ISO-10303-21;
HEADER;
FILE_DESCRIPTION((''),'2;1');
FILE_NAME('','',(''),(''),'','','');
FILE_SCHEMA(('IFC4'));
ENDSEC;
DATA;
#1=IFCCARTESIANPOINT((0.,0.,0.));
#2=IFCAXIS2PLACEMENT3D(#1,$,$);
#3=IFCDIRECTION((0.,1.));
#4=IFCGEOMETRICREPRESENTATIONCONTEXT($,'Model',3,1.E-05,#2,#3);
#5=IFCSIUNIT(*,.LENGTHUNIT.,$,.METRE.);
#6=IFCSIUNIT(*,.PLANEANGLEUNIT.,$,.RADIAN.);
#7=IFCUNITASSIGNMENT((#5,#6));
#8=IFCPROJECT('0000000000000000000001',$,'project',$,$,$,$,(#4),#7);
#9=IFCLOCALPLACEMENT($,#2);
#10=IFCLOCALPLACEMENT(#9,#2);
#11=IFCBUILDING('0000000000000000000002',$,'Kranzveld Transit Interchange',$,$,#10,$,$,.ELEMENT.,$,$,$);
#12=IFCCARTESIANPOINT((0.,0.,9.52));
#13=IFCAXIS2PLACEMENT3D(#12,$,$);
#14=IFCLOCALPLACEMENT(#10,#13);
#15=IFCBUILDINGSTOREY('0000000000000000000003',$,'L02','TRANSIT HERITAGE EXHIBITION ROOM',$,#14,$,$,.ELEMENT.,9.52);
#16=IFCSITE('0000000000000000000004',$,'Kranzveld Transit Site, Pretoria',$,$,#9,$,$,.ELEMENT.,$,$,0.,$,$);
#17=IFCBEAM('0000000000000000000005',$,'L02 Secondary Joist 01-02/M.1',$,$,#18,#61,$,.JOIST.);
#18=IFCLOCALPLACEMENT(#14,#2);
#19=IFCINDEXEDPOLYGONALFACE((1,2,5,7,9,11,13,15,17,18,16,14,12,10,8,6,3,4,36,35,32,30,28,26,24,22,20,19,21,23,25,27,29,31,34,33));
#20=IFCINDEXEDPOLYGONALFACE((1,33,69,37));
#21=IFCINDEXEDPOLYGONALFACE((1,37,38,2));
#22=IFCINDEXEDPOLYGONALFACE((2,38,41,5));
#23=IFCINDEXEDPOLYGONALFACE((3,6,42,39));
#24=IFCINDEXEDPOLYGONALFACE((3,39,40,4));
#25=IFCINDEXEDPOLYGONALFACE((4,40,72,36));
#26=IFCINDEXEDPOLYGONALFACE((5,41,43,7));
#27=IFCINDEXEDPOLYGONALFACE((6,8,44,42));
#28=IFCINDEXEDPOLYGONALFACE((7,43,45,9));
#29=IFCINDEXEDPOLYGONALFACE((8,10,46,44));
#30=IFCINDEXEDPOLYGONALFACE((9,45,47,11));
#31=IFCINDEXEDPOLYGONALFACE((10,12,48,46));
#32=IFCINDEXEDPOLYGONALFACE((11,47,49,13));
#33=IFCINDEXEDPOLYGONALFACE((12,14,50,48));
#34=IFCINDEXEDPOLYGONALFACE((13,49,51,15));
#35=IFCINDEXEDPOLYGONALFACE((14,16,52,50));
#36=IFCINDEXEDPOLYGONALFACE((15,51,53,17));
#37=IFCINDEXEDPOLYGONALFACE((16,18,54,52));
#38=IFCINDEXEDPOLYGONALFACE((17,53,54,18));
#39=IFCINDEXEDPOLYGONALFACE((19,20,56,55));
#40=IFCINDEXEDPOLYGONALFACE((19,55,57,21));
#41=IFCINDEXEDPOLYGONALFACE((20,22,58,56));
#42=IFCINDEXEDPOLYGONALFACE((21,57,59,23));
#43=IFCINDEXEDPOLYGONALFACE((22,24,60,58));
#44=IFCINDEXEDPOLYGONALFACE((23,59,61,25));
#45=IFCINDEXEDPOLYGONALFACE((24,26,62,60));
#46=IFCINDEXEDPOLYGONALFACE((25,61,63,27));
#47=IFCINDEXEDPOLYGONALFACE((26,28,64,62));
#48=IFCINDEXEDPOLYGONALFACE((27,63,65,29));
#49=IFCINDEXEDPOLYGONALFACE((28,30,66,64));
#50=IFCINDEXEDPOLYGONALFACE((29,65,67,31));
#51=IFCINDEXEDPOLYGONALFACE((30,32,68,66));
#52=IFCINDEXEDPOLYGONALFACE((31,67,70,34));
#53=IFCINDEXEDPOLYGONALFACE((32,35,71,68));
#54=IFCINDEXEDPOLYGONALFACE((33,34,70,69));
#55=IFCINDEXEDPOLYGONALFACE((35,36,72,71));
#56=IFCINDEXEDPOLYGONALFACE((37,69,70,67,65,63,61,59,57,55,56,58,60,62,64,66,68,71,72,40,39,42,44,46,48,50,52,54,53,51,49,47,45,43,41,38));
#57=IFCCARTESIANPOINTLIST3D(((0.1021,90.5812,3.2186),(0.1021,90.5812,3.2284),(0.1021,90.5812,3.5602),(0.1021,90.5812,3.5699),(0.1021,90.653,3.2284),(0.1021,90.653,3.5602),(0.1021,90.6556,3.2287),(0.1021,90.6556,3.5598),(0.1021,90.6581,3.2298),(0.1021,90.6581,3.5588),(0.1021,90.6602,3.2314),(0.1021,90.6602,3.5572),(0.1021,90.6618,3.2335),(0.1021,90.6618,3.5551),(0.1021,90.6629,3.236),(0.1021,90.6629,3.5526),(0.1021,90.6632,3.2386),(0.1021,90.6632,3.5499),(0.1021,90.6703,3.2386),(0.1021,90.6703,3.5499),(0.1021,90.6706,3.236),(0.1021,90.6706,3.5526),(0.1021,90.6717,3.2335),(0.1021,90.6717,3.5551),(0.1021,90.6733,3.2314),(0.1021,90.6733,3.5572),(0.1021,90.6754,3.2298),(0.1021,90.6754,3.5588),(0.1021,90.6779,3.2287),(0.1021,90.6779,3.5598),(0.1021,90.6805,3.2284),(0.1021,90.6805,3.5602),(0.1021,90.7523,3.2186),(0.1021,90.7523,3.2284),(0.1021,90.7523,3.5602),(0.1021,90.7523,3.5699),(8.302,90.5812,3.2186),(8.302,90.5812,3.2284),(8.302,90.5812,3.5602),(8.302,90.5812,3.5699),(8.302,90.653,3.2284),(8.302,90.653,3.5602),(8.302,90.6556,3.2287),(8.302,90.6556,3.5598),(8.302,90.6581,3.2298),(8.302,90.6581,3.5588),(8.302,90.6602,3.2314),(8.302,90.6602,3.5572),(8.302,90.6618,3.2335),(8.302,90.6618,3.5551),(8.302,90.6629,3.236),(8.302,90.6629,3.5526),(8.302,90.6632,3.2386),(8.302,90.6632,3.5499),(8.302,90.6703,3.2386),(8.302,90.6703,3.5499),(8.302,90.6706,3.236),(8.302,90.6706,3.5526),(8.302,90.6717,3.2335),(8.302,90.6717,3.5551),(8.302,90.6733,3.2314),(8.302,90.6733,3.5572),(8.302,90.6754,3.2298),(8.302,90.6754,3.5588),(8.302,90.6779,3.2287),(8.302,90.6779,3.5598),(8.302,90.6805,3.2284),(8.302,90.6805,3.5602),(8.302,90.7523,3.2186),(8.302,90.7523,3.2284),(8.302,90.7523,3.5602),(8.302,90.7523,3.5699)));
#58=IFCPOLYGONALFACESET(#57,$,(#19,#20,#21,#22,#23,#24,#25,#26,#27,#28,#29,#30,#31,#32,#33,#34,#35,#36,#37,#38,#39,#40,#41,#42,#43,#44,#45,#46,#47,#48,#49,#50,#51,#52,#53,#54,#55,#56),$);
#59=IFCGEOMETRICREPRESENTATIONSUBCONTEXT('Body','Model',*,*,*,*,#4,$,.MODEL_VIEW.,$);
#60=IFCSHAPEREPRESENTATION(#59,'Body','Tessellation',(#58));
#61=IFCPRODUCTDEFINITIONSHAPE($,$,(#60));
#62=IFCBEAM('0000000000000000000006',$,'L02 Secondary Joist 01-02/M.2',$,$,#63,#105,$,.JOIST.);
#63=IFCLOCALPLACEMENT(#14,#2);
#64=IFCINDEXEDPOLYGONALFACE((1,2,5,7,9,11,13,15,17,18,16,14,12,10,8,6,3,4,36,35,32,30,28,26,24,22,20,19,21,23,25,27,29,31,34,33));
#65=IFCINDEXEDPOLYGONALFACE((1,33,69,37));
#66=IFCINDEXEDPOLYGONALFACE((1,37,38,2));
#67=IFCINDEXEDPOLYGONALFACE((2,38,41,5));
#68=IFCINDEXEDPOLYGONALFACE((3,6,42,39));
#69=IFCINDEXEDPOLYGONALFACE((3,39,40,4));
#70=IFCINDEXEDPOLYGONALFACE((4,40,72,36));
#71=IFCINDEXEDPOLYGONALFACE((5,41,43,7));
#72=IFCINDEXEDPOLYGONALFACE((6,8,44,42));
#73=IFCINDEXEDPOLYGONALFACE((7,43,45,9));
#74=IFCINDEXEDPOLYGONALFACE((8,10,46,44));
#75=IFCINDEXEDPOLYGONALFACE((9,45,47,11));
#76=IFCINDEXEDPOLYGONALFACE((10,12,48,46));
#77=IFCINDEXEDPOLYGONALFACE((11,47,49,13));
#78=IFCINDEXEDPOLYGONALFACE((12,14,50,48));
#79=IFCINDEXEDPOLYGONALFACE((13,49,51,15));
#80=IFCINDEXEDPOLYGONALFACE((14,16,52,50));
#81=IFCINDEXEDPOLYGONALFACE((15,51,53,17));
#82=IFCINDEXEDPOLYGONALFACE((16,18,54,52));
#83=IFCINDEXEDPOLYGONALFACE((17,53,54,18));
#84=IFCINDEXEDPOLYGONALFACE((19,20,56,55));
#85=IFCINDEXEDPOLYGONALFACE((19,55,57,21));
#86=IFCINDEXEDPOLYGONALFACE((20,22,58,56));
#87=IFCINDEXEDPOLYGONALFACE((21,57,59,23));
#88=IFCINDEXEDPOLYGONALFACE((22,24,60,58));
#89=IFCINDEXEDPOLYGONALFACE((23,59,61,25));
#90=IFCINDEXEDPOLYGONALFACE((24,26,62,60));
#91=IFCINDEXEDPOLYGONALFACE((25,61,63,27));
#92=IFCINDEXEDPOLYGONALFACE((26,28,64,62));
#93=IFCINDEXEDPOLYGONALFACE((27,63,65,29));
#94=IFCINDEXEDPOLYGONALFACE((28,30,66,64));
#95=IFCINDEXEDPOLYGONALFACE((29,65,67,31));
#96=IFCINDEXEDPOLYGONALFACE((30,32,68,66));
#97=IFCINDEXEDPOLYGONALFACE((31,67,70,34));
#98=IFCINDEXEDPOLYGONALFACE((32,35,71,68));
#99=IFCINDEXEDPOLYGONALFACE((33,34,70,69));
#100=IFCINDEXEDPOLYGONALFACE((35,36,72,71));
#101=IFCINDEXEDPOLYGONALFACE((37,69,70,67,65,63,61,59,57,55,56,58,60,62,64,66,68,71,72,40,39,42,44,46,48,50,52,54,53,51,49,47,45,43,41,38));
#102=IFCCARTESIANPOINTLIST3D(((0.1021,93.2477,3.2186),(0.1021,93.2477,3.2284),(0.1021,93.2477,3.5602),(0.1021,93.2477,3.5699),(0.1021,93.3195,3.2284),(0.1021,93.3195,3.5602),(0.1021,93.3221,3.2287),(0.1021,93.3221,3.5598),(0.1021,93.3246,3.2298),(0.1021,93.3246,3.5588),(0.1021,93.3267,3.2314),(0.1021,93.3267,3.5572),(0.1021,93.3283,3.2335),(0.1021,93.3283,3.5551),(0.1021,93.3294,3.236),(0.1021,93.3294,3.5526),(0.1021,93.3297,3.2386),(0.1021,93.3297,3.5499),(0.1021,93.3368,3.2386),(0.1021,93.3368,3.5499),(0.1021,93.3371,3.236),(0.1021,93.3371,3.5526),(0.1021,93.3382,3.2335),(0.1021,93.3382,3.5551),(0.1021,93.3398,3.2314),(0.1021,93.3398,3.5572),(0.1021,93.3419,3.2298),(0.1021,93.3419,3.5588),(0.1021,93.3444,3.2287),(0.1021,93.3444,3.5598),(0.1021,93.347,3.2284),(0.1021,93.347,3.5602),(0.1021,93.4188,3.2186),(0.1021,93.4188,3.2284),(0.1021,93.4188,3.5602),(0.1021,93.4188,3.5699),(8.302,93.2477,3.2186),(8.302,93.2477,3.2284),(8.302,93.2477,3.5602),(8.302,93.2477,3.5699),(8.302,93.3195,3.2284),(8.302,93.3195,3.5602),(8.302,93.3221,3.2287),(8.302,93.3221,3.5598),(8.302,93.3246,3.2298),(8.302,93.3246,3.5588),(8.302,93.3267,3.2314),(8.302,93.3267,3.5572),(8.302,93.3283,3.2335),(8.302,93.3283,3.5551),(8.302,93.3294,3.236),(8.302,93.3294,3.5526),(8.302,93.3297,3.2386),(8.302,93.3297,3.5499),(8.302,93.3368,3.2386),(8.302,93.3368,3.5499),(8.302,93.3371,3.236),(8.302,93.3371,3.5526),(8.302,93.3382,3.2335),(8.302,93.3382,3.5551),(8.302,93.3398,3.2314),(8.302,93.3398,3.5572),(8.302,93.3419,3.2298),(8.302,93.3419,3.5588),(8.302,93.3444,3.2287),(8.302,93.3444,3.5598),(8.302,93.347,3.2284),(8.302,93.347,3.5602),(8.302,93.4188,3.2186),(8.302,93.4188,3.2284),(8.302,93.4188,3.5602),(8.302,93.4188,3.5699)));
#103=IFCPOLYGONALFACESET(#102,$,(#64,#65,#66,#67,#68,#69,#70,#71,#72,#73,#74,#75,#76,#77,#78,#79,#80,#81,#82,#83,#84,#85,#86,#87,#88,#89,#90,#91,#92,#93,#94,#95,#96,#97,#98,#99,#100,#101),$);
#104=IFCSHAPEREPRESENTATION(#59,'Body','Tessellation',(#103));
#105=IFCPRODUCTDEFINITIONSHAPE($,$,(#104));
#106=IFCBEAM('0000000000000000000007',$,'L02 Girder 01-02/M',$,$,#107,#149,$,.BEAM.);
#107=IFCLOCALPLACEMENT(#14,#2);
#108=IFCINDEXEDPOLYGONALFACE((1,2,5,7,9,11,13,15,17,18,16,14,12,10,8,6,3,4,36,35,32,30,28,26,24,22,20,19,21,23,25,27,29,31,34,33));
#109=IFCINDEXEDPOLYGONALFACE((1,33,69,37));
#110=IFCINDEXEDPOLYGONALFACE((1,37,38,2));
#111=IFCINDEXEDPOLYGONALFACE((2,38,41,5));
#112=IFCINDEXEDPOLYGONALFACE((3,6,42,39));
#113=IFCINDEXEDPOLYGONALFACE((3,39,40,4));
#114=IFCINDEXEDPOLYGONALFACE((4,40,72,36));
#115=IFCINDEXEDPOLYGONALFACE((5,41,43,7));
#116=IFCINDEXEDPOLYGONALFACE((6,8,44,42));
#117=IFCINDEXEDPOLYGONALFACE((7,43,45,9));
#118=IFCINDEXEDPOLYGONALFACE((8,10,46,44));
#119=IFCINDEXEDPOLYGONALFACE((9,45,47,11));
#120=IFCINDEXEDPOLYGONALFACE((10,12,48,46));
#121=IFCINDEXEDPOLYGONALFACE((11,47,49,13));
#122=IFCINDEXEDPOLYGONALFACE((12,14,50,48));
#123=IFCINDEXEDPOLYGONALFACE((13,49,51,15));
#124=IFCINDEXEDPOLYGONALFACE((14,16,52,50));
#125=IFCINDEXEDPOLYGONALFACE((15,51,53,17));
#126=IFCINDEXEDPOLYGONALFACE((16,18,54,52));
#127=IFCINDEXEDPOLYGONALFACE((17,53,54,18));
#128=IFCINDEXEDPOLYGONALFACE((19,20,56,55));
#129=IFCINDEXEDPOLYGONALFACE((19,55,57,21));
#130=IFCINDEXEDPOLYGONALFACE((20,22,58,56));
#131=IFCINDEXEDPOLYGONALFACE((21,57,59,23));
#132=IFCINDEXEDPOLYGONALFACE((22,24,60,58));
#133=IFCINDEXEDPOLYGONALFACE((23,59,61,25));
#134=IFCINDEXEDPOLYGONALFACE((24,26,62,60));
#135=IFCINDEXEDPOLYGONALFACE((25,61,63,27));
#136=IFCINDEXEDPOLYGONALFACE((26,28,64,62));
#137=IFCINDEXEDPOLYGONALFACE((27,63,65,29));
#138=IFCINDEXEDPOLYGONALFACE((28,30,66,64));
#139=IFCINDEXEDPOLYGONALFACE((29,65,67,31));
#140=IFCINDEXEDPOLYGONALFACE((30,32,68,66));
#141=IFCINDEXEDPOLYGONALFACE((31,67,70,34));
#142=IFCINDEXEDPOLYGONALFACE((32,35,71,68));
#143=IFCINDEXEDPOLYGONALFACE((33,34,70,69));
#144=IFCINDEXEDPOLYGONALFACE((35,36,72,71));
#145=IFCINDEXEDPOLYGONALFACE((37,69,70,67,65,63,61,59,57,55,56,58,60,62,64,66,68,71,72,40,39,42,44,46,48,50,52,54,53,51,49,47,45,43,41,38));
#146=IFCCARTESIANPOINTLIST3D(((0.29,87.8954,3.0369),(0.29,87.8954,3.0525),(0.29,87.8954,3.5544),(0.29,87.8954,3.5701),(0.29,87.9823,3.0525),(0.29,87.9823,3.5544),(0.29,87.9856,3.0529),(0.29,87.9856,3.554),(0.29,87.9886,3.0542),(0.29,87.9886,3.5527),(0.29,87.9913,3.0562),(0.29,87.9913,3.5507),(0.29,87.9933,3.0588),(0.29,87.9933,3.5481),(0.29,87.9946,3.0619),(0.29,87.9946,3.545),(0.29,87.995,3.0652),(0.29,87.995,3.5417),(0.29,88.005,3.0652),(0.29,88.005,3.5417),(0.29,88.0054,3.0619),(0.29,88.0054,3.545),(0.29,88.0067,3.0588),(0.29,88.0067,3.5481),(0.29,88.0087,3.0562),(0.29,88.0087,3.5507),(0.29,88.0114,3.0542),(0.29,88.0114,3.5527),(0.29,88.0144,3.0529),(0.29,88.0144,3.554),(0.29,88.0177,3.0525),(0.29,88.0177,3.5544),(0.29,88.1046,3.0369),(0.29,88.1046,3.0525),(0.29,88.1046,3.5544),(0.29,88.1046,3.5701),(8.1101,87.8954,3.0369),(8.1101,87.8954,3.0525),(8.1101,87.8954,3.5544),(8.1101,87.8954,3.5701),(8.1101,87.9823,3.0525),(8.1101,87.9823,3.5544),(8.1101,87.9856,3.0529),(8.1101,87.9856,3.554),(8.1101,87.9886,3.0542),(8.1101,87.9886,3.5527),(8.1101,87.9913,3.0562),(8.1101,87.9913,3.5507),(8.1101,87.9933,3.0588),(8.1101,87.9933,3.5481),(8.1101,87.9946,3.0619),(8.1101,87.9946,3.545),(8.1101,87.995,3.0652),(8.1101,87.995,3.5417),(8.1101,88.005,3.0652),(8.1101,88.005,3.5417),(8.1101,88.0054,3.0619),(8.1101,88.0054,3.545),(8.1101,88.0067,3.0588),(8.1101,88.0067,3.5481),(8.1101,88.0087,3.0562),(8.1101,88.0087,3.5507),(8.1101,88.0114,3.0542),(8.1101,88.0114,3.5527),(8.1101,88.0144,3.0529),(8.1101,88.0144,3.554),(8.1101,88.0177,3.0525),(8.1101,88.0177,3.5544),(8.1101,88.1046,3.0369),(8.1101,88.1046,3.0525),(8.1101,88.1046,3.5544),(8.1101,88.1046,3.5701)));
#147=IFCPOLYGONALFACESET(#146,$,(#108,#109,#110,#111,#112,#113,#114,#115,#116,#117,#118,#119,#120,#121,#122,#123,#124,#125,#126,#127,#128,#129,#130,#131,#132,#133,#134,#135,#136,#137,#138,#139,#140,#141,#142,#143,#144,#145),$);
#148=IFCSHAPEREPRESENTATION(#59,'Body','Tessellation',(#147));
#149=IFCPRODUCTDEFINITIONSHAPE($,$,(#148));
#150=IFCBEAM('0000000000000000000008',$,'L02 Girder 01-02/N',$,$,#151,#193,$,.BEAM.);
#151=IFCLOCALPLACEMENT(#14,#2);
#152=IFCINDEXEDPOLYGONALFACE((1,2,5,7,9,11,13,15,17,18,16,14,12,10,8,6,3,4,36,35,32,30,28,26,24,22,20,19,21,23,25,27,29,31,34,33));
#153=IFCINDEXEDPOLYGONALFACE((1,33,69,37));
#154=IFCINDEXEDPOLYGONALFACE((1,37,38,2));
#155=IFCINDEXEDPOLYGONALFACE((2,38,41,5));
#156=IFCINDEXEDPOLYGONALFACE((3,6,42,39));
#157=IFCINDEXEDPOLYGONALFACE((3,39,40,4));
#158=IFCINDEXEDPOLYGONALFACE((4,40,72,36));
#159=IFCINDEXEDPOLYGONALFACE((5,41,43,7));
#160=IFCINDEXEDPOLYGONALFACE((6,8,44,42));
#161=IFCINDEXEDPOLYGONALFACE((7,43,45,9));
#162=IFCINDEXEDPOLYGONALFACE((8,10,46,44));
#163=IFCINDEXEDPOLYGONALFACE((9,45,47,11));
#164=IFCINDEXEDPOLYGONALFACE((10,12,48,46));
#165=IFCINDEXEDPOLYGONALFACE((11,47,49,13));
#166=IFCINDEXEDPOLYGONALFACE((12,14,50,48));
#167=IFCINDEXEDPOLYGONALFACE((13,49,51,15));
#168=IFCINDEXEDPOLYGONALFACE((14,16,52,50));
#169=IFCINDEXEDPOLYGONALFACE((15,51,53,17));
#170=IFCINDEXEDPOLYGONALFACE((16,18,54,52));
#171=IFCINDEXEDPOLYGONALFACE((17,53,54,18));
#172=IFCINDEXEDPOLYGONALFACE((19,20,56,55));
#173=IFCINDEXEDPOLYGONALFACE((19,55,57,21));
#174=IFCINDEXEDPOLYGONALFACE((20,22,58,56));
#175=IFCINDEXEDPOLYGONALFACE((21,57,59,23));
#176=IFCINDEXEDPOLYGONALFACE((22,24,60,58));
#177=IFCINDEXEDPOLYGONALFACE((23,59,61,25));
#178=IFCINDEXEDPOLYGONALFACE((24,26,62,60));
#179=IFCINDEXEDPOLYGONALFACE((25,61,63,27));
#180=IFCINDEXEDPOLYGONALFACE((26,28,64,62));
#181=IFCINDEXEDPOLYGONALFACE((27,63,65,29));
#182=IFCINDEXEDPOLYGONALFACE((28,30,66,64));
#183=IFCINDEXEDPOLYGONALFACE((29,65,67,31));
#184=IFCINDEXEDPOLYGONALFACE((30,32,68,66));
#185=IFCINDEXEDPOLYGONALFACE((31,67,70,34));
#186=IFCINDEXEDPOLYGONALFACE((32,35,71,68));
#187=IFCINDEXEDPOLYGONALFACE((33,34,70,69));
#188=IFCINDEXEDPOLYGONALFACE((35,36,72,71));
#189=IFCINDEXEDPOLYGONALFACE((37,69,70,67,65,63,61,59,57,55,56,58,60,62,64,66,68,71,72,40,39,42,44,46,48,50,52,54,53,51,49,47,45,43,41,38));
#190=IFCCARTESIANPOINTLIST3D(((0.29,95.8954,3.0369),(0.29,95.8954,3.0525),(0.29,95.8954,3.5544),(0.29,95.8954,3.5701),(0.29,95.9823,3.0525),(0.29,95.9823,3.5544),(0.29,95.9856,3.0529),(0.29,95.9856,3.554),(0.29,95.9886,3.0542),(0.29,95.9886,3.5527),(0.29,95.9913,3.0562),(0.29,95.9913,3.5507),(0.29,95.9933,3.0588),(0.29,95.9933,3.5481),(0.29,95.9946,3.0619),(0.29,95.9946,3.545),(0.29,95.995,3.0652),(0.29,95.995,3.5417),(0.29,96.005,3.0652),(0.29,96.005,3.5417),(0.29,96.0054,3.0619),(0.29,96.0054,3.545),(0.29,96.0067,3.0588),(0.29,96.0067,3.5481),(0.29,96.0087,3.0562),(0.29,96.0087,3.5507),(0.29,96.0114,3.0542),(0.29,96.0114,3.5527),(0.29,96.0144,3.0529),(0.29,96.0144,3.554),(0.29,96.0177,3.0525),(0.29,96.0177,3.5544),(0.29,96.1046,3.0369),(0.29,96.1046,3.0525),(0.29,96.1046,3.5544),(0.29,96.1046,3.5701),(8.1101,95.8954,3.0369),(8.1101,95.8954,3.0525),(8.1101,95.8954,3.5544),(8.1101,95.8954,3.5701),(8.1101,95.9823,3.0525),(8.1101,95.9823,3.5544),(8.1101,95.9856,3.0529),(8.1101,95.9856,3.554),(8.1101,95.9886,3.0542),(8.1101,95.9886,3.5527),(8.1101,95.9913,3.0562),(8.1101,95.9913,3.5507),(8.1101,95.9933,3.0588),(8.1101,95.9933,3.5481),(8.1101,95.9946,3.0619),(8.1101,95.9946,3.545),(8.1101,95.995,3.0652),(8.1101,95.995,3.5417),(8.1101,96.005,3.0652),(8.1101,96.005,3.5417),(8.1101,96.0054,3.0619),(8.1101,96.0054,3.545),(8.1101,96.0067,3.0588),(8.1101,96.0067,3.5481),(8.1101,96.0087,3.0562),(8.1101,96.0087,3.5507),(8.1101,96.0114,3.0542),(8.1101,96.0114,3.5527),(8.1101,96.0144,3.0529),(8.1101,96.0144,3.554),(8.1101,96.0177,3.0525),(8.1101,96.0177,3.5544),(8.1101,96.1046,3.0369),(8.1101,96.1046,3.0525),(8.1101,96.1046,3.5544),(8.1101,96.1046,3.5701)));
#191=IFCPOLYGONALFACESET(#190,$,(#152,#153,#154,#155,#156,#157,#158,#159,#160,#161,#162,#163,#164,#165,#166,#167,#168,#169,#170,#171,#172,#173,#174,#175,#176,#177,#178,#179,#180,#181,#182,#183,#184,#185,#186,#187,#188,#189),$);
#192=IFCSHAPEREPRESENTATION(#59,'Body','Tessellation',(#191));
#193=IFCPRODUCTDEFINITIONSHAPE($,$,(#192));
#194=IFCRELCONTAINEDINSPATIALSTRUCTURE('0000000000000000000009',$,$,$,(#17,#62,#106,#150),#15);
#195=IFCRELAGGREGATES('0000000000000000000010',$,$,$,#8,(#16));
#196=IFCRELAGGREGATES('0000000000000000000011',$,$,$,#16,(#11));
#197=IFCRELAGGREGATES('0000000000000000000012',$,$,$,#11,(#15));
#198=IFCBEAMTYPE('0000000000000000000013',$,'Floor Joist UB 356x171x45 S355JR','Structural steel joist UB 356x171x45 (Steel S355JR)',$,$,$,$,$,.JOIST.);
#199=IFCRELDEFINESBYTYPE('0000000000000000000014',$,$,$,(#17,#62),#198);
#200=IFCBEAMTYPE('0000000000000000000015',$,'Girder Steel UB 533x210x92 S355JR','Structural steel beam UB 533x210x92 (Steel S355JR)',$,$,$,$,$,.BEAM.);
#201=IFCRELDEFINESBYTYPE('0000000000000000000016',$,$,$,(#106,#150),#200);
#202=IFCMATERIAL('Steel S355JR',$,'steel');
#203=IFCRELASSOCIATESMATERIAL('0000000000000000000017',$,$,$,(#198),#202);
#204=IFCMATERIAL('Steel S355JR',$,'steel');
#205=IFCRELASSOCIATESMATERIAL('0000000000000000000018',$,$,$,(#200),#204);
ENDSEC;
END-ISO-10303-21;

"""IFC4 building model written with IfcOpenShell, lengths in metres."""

from ifc_helpers import new_model, si_unit, direction, frame, origin, origin_2d, place, context, subcontext, project, spatial, i_section, extrude, material, material_profile, profile_set, type_object, element, save


model = new_model("IFC4")

# Units and contexts
model_context = context("Model", 3, precision=1e-05, world=origin(), true_north=direction((0.0, 1.0)))
body_context = subcontext(model_context, "Body", "Model", "MODEL_VIEW")
ifc_project = project(units=[si_unit("LENGTHUNIT", "METRE"), si_unit("PLANEANGLEUNIT", "RADIAN")], contexts=[model_context])

# Site, building, storey
site_placement = place(None, origin())
site = spatial("IfcSite", under=ifc_project, at=site_placement, Name="Kranzveld Transit Site, Pretoria", CompositionType="ELEMENT", RefElevation=0.0)
building_placement = place(site_placement, origin())
building = spatial("IfcBuilding", under=site, at=building_placement, Name="Kranzveld Transit Interchange", CompositionType="ELEMENT")
storey_placement = place(building_placement, frame((0.0, 0.0, 9.52)))
storey = spatial("IfcBuildingStorey", under=building, at=storey_placement, Name="L02", Description="TRANSIT HERITAGE EXHIBITION ROOM", CompositionType="ELEMENT", Elevation=9.52)

# Beams
ifc_material_1 = material(Name="Steel S355JR", Category="steel")
ifc_material_profile_1 = material_profile(ifc_material_1, i_section(OverallWidth=0.1711, OverallDepth=0.3513, WebThickness=0.0071, FlangeThickness=0.0098, FilletRadius=0.0103, at=origin_2d()), Name="UB 356x171x45")
ifc_profile_set_1 = profile_set([ifc_material_profile_1], Name="Steel S355JR")
beam_type_1 = type_object("IfcBeamType", Name="Floor Joist UB 356x171x45 S355JR", Description="Structural steel joist UB 356x171x45 (Steel S355JR)", PredefinedType="JOIST", material=ifc_profile_set_1)
for number, where, z_axis, x_axis, name in (
    (1, (0.1021, 90.6667, 3.3943), (1.0, 0.0, 0.0), (0.0, 1.0, 0.0), "L02 Secondary Joist 01-02/M.1"),
    (2, (0.1021, 93.3333, 3.3943), (1.0, 0.0, 0.0), (0.0, 1.0, 0.0), "L02 Secondary Joist 01-02/M.2"),
):
    element("IfcBeam", number, at=place(storey_placement, frame(where, z_axis=z_axis, x_axis=x_axis)), inside=storey, type_object=beam_type_1, Name=name, PredefinedType="JOIST", context=body_context, shape_type="SweptSolid", body=[
        extrude(i_section(OverallWidth=0.1711, OverallDepth=0.3513, WebThickness=0.0071, FlangeThickness=0.0098, FilletRadius=0.0103, at=origin_2d()), origin(), (0.0, 0.0, 1.0), 8.2),
    ])
ifc_material_2 = material(Name="Steel S355JR", Category="steel")
ifc_material_profile_2 = material_profile(ifc_material_2, i_section(OverallWidth=0.2092, OverallDepth=0.5332, WebThickness=0.01, FlangeThickness=0.0156, FilletRadius=0.0127, at=origin_2d()), Name="UB 533x210x92")
ifc_profile_set_2 = profile_set([ifc_material_profile_2], Name="Steel S355JR")
beam_type_2 = type_object("IfcBeamType", Name="Girder Steel UB 533x210x92 S355JR", Description="Structural steel beam UB 533x210x92 (Steel S355JR)", PredefinedType="BEAM", material=ifc_profile_set_2)
for number, where, z_axis, x_axis, name in (
    (3, (0.29, 88.0, 3.3035), (1.0, 0.0, 0.0), (0.0, 1.0, 0.0), "L02 Girder 01-02/M"),
    (4, (0.29, 96.0, 3.3035), (1.0, 0.0, 0.0), (0.0, 1.0, 0.0), "L02 Girder 01-02/N"),
):
    element("IfcBeam", number, at=place(storey_placement, frame(where, z_axis=z_axis, x_axis=x_axis)), inside=storey, type_object=beam_type_2, Name=name, PredefinedType="BEAM", context=body_context, shape_type="SweptSolid", body=[
        extrude(i_section(OverallWidth=0.2092, OverallDepth=0.5332, WebThickness=0.01, FlangeThickness=0.0156, FilletRadius=0.0127, at=origin_2d()), origin(), (0.0, 0.0, 1.0), 7.8201),
    ])

save(model, "model.ifc")
